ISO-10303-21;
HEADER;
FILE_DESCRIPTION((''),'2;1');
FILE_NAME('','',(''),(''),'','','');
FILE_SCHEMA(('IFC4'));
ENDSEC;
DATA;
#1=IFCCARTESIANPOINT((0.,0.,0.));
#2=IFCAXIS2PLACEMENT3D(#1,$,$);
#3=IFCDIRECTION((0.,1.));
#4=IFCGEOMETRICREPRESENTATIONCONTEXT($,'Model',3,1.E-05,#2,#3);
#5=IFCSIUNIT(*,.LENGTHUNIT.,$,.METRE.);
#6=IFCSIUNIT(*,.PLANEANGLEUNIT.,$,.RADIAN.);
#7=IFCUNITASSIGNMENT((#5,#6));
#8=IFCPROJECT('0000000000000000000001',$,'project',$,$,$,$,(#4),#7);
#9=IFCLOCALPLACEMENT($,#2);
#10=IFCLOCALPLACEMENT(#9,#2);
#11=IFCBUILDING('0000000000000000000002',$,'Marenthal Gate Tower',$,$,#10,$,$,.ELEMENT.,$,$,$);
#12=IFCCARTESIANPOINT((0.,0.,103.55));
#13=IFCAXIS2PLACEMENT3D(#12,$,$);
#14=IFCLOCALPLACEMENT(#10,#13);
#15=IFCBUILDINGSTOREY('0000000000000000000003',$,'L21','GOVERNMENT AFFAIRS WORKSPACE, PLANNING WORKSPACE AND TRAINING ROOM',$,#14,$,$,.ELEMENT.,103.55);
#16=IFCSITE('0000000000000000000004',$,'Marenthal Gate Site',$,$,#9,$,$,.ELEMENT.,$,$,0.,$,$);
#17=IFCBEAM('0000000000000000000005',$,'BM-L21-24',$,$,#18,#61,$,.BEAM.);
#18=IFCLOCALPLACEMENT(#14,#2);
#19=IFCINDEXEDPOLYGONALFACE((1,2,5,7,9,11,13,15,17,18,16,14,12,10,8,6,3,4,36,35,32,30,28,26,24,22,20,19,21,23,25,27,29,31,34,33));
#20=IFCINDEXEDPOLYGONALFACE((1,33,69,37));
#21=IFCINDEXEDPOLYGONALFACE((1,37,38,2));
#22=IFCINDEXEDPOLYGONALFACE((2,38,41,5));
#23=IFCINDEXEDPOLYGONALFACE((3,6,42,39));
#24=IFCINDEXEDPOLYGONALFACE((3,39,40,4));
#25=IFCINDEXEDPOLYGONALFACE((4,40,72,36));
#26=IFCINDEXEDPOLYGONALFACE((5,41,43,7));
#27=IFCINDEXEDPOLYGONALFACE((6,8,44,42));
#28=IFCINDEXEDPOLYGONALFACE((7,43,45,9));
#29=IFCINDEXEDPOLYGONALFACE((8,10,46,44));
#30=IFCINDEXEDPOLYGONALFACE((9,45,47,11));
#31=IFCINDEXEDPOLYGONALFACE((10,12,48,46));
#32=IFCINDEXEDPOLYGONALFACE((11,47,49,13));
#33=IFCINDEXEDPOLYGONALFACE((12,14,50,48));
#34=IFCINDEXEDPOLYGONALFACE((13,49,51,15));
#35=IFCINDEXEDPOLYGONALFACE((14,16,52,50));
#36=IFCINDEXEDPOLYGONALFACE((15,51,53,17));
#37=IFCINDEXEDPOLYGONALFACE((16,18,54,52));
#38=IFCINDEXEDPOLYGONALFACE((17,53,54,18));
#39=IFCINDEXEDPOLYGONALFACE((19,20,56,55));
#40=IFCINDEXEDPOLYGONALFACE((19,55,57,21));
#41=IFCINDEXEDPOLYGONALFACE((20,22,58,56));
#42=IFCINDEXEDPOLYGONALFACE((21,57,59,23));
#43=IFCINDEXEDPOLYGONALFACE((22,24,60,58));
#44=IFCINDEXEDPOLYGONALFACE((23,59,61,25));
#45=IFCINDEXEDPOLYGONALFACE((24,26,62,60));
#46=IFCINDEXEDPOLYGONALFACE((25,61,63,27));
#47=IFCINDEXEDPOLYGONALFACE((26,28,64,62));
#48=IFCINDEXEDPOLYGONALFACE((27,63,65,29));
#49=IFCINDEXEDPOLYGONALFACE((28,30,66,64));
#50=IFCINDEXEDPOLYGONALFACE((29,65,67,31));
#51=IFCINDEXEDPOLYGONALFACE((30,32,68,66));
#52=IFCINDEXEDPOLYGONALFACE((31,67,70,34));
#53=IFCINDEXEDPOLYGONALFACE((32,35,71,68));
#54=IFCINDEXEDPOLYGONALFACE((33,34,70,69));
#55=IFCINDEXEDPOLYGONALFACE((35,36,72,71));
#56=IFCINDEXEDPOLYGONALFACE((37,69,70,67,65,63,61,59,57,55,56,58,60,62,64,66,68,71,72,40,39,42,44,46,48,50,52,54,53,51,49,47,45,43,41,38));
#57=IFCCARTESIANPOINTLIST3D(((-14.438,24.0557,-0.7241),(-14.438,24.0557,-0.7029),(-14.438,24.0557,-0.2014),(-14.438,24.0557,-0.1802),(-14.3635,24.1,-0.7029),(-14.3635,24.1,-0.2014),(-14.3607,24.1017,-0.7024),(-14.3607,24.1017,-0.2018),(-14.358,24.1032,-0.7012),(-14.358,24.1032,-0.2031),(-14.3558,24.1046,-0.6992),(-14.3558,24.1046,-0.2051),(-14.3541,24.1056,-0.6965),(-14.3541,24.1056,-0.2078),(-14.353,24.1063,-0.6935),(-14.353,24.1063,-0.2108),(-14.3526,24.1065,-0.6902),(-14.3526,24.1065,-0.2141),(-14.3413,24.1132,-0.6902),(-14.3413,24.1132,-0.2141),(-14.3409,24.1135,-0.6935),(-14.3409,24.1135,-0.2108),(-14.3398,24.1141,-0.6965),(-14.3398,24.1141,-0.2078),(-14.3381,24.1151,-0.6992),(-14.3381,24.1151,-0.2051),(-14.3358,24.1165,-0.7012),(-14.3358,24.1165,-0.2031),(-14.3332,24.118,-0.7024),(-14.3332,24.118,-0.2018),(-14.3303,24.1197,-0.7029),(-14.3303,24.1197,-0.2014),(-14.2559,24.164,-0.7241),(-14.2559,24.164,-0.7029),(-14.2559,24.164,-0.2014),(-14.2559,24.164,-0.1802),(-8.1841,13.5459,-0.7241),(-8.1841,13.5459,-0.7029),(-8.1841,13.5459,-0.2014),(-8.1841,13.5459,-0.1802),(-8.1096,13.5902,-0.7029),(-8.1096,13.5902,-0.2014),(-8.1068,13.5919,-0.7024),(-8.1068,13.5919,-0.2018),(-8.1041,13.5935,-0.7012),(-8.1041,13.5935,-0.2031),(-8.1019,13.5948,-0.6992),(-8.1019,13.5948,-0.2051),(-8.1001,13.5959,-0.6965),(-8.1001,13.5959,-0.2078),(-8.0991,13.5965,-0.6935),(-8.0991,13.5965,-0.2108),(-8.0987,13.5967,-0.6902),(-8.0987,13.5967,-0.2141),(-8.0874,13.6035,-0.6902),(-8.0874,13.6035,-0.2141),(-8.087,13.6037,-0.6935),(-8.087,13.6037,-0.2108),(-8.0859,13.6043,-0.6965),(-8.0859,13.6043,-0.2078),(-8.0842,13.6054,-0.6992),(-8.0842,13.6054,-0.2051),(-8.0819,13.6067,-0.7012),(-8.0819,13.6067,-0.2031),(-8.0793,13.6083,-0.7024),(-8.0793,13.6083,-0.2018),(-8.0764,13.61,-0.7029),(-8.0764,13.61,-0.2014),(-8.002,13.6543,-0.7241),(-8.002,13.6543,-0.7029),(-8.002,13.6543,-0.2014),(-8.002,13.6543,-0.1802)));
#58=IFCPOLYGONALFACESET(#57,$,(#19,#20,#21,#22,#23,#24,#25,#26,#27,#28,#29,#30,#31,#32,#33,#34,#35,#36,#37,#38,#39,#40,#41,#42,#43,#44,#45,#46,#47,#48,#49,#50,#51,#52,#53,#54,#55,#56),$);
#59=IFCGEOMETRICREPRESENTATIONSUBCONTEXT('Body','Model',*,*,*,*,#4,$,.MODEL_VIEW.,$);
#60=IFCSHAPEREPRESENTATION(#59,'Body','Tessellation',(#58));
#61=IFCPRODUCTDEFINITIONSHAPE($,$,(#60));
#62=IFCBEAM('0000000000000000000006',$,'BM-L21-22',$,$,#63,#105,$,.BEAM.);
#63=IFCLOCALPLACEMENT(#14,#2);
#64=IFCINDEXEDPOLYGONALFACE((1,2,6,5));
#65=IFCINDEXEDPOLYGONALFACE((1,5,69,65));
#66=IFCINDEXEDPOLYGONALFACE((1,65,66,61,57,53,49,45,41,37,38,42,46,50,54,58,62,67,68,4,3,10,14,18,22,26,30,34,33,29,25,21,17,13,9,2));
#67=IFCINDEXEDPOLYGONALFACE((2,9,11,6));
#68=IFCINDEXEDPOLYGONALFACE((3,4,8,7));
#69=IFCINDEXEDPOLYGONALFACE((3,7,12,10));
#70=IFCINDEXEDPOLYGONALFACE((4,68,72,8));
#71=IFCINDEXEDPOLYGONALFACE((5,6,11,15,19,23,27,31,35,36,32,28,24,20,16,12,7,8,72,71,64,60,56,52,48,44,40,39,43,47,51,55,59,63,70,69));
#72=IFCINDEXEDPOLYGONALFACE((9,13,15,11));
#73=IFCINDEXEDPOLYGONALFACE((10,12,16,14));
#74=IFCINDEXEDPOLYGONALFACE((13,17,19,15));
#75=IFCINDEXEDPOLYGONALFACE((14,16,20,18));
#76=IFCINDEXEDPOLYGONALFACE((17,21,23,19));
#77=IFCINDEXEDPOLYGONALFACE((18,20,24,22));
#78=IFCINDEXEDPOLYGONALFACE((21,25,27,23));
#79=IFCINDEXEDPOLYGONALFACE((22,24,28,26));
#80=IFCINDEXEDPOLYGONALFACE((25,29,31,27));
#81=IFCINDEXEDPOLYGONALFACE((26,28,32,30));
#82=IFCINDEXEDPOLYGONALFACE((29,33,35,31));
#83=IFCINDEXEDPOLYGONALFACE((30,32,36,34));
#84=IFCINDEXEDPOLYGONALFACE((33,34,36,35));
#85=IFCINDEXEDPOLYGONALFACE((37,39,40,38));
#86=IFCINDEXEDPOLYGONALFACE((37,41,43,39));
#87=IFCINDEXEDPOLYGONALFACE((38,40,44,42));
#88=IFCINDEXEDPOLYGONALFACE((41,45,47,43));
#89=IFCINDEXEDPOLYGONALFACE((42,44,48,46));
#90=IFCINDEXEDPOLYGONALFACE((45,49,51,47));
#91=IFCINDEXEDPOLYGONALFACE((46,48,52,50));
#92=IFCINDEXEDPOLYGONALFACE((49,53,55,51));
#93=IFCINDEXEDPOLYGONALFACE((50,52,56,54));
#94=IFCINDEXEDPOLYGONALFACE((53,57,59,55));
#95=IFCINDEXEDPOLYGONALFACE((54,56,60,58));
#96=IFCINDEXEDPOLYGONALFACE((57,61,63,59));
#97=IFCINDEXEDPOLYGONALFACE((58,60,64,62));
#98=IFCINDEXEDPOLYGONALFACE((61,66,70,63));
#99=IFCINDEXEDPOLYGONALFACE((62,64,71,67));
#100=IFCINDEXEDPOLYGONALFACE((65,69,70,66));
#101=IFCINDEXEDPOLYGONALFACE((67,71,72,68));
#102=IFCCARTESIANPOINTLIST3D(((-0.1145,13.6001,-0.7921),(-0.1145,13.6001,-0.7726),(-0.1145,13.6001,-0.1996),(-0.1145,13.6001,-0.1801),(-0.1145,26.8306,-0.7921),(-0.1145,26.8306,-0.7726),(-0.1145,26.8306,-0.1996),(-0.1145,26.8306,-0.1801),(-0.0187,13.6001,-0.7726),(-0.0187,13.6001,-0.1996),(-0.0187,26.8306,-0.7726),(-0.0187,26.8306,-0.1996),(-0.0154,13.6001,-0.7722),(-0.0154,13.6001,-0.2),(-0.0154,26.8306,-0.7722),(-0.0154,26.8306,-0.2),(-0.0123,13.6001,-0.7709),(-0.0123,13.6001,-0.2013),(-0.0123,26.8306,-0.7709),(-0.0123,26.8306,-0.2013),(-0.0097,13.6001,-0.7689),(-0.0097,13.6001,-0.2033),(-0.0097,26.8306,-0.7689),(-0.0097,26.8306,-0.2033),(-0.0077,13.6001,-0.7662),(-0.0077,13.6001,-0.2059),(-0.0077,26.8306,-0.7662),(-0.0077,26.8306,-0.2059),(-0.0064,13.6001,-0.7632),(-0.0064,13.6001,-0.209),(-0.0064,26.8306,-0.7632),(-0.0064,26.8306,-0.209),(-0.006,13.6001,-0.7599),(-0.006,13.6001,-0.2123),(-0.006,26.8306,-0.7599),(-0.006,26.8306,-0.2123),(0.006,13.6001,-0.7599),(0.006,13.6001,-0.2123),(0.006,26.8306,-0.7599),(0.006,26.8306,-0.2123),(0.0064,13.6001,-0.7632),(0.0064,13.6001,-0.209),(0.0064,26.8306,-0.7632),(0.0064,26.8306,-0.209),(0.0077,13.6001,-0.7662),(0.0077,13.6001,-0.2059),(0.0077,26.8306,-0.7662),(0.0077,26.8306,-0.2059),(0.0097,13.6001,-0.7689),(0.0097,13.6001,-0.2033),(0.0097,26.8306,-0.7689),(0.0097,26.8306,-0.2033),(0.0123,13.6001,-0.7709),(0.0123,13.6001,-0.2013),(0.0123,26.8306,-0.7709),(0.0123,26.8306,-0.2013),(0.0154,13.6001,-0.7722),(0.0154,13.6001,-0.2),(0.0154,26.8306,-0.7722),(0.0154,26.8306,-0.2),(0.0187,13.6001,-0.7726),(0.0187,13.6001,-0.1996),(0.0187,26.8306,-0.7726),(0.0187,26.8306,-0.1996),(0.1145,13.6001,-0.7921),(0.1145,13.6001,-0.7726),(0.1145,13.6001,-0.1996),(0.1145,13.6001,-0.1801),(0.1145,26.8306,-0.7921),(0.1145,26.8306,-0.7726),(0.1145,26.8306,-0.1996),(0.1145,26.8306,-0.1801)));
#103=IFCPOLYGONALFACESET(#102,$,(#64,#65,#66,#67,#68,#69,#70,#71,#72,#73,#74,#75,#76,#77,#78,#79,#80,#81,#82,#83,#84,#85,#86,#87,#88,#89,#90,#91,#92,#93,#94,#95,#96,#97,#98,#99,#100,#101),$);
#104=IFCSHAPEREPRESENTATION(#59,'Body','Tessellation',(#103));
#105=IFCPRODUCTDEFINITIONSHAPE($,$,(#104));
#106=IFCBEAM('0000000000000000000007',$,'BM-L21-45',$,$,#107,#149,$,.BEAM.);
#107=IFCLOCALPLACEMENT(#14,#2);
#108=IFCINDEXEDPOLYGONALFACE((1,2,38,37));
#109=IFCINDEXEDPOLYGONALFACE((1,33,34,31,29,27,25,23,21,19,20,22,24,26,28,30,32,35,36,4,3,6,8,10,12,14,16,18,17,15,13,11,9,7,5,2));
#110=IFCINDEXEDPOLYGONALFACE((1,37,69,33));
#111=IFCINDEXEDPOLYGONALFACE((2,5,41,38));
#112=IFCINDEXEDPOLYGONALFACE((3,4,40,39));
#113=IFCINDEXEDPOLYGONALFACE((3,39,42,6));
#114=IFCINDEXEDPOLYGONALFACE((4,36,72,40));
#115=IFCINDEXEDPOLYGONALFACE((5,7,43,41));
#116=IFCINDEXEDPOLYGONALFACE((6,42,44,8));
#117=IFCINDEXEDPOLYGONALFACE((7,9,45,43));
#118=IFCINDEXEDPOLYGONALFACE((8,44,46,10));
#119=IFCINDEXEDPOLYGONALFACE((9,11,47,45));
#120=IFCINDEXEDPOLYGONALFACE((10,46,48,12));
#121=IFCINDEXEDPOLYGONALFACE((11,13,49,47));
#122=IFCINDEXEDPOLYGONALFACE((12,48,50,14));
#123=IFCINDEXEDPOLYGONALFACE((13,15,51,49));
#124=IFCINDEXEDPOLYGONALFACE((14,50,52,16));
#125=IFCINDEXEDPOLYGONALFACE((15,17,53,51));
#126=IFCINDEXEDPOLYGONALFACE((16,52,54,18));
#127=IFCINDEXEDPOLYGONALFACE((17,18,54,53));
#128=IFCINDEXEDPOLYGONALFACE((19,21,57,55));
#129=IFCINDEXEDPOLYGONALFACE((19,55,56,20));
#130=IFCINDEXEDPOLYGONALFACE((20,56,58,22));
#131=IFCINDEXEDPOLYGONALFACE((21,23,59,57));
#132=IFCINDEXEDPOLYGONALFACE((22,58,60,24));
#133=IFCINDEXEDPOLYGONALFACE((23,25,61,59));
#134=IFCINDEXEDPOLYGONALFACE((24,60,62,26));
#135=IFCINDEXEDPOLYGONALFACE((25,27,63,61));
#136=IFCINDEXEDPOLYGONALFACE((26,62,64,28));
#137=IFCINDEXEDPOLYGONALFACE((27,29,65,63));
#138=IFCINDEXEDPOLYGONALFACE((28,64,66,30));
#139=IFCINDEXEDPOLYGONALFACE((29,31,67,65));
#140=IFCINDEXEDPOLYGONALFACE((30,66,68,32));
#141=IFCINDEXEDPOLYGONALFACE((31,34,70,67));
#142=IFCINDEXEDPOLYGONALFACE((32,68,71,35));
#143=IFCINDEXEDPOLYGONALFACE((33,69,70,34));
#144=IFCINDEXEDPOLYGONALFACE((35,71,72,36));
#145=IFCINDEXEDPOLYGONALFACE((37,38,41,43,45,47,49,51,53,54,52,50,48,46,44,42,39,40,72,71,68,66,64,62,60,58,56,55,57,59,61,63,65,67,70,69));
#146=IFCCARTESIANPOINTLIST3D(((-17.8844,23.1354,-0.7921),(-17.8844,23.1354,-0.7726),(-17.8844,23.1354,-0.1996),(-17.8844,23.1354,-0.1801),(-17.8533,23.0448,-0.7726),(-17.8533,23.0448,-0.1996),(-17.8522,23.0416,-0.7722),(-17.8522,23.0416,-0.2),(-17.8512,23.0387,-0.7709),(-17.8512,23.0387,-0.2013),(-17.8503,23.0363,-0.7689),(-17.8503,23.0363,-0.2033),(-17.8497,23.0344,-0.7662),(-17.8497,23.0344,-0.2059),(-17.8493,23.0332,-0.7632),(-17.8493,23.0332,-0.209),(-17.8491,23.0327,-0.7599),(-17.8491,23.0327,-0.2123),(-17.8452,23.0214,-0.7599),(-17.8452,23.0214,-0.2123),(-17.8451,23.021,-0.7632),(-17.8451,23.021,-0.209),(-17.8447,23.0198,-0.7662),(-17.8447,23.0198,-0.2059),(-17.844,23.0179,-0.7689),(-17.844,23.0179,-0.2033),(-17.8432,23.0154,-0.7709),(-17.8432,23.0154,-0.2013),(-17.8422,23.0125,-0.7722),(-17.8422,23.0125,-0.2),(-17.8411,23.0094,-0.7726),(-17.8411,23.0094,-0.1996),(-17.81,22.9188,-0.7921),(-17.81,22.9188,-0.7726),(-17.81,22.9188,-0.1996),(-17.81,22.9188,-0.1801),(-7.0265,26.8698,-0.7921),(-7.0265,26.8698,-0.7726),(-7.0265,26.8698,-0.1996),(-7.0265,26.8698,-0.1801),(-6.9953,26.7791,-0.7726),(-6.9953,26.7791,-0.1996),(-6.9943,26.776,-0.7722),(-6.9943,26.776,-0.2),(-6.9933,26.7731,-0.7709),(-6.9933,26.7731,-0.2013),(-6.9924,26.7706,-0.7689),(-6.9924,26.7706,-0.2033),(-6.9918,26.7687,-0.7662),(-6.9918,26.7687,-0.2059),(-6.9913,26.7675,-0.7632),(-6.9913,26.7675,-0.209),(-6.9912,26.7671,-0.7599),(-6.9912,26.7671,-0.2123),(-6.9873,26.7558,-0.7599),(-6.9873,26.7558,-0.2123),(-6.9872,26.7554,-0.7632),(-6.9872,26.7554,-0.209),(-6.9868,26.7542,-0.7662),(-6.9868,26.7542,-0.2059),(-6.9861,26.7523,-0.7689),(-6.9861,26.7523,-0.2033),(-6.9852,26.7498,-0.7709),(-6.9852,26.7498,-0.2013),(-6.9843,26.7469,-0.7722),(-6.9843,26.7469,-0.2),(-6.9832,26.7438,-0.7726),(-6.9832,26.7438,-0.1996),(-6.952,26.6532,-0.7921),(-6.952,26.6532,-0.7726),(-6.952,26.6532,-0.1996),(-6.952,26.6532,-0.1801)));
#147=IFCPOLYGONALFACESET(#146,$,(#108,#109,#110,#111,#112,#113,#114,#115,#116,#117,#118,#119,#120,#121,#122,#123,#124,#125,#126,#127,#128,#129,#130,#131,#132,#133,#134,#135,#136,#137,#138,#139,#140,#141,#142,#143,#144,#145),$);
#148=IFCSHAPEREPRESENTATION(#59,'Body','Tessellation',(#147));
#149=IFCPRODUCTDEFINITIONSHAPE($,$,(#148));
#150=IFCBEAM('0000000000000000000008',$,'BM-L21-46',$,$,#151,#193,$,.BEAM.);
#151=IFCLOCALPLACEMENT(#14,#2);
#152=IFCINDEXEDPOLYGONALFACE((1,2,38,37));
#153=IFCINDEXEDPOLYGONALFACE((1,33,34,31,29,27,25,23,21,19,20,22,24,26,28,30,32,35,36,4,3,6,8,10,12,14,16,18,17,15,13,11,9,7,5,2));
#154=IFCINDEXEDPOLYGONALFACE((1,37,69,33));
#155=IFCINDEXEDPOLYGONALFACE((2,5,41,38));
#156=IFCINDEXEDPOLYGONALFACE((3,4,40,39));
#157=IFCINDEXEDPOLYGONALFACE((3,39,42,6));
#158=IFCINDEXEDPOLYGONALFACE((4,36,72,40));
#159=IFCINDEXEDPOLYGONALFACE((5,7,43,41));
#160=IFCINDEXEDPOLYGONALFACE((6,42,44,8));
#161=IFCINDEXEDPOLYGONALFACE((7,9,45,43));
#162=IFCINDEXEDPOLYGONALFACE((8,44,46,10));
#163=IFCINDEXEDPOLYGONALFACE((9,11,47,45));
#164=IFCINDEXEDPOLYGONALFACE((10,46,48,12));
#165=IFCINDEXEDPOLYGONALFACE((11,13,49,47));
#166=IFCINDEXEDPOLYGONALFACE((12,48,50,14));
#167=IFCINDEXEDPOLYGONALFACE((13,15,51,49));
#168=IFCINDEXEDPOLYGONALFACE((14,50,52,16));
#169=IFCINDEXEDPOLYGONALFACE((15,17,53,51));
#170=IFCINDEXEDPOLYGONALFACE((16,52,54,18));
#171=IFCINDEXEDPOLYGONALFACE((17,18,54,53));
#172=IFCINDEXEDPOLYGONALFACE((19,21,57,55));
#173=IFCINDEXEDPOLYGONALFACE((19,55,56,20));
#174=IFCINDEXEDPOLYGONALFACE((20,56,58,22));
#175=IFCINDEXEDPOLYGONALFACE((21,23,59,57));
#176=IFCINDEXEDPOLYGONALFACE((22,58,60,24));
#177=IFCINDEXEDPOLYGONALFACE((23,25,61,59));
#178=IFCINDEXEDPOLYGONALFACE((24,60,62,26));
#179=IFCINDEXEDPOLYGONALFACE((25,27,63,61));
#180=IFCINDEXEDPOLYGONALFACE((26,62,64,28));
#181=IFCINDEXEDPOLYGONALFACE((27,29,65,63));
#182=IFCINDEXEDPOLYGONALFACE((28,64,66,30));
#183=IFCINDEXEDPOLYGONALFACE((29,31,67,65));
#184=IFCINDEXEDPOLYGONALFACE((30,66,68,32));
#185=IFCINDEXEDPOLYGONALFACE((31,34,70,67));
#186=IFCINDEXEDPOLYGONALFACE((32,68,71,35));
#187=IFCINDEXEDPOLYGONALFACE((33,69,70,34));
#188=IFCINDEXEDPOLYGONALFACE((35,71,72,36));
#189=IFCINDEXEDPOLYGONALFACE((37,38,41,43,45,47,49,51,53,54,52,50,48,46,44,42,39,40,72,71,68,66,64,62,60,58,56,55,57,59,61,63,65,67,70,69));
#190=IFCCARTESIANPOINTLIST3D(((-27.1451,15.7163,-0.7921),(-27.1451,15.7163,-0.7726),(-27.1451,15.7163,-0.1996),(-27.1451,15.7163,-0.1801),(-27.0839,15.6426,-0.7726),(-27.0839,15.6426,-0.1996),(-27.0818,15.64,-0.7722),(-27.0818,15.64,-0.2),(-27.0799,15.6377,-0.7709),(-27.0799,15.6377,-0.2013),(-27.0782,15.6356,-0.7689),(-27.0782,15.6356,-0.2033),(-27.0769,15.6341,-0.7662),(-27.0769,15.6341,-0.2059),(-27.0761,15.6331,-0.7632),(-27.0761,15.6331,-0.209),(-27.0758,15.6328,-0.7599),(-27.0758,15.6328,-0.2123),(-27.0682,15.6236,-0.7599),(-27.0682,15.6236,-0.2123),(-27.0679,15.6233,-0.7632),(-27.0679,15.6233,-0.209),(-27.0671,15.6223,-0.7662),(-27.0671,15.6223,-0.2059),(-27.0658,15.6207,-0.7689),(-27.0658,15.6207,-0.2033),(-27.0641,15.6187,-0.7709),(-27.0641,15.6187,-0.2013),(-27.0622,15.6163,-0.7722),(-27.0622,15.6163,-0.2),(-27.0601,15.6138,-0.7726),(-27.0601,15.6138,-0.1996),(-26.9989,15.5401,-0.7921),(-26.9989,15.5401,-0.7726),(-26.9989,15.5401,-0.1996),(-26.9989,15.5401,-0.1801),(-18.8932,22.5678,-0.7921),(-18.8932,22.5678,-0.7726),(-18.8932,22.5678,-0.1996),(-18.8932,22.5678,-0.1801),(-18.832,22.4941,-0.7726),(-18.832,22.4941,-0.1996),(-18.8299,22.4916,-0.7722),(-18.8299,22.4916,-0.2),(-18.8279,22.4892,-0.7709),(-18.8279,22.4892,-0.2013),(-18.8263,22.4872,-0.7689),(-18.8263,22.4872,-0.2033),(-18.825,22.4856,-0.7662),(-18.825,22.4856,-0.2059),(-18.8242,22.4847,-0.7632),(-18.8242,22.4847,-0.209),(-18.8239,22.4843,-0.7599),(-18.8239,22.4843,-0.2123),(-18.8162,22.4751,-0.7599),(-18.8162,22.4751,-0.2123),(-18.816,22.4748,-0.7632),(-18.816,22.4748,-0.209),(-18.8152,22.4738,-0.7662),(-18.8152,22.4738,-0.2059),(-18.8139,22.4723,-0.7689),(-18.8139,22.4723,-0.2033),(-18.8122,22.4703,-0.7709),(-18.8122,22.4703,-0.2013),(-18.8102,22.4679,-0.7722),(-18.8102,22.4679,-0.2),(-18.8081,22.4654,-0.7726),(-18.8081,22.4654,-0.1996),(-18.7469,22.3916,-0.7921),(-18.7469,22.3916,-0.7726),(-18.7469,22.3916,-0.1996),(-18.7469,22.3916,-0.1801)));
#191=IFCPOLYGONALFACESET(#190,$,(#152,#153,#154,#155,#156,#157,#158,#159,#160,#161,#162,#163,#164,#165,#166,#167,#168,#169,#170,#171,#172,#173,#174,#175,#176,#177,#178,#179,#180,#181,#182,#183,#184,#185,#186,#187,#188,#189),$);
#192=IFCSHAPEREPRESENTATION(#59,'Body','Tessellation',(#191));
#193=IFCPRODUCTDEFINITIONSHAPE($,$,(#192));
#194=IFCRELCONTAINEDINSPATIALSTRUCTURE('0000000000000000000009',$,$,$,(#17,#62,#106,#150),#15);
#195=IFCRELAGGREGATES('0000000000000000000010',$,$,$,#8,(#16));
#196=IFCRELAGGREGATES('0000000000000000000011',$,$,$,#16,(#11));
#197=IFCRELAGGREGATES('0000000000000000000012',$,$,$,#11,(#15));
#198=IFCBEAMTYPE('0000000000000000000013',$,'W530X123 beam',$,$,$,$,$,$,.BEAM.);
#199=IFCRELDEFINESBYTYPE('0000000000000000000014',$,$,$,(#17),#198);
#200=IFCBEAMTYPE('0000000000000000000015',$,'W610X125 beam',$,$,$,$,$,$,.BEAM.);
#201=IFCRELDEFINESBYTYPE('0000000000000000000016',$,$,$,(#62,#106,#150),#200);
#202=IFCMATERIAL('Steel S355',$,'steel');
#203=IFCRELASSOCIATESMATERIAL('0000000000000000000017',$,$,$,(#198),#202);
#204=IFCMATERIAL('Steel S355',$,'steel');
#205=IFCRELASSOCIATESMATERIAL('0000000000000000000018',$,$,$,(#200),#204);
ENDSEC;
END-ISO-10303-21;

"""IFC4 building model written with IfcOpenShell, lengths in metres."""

from ifc_helpers import new_model, si_unit, direction, frame, origin, origin_2d, place, context, subcontext, project, spatial, i_section, extrude, material, material_profile, profile_set, type_object, element, save


model = new_model("IFC4")

# Units and contexts
model_context = context("Model", 3, precision=1e-05, world=origin(), true_north=direction((0.0, 1.0)))
body_context = subcontext(model_context, "Body", "Model", "MODEL_VIEW")
ifc_project = project(units=[si_unit("LENGTHUNIT", "METRE"), si_unit("PLANEANGLEUNIT", "RADIAN")], contexts=[model_context])

# Site, building, storey
site_placement = place(None, origin())
site = spatial("IfcSite", under=ifc_project, at=site_placement, Name="Marenthal Gate Site", CompositionType="ELEMENT", RefElevation=0.0)
building_placement = place(site_placement, origin())
building = spatial("IfcBuilding", under=site, at=building_placement, Name="Marenthal Gate Tower", CompositionType="ELEMENT")
storey_placement = place(building_placement, frame((0.0, 0.0, 103.55)))
storey = spatial("IfcBuildingStorey", under=building, at=storey_placement, Name="L21", Description="GOVERNMENT AFFAIRS WORKSPACE, PLANNING WORKSPACE AND TRAINING ROOM", CompositionType="ELEMENT", Elevation=103.55)

# Beams
ifc_material_1 = material(Name="Steel S355", Category="steel")
ifc_material_profile_1 = material_profile(ifc_material_1, i_section(OverallWidth=0.2119, OverallDepth=0.5439, WebThickness=0.0132, FlangeThickness=0.0212, FilletRadius=0.0127, at=origin_2d()), Name="W530X123")
ifc_profile_set_1 = profile_set([ifc_material_profile_1], Name="Steel S355")
beam_type_1 = type_object("IfcBeamType", Name="W530X123 beam", PredefinedType="BEAM", material=ifc_profile_set_1)
beam_1_placement = place(storey_placement, frame((-14.3469, 24.1099, -0.4521), z_axis=(0.511369, -0.859361, 0.0), x_axis=(0.859361, 0.511369, 0.0)))
element("IfcBeam", 1, at=beam_1_placement, inside=storey, type_object=beam_type_1, Name="BM-L21-24", PredefinedType="BEAM", context=body_context, shape_type="SweptSolid", body=[
    extrude(i_section(OverallWidth=0.2119, OverallDepth=0.5439, WebThickness=0.0132, FlangeThickness=0.0212, FilletRadius=0.0127, at=origin_2d()), origin(), (0.0, 0.0, 1.0), 12.2297),
])
ifc_material_2 = material(Name="Steel S355", Category="steel")
ifc_material_profile_2 = material_profile(ifc_material_2, i_section(OverallWidth=0.229, OverallDepth=0.6121, WebThickness=0.012, FlangeThickness=0.0195, FilletRadius=0.0127, at=origin_2d()), Name="W610X125")
ifc_profile_set_2 = profile_set([ifc_material_profile_2], Name="Steel S355")
beam_type_2 = type_object("IfcBeamType", Name="W610X125 beam", PredefinedType="BEAM", material=ifc_profile_set_2)
beam_2_placement = place(storey_placement, frame((0.0, 26.8306, -0.4861), z_axis=(0.0, -1.0, 0.0), x_axis=(1.0, 0.0, 0.0)))
element("IfcBeam", 2, at=beam_2_placement, inside=storey, type_object=beam_type_2, Name="BM-L21-22", PredefinedType="BEAM", context=body_context, shape_type="SweptSolid", body=[
    extrude(i_section(OverallWidth=0.229, OverallDepth=0.6121, WebThickness=0.012, FlangeThickness=0.0195, FilletRadius=0.0127, at=origin_2d()), origin(), (0.0, 0.0, 1.0), 13.2305),
])
beam_3_placement = place(storey_placement, frame((-6.9893, 26.7615, -0.4861), z_axis=(-0.945634, -0.325233, 0.0), x_axis=(0.325233, -0.945634, 0.0)))
element("IfcBeam", 3, at=beam_3_placement, inside=storey, type_object=beam_type_2, Name="BM-L21-45", PredefinedType="BEAM", context=body_context, shape_type="SweptSolid", body=[
    extrude(i_section(OverallWidth=0.229, OverallDepth=0.6121, WebThickness=0.012, FlangeThickness=0.0195, FilletRadius=0.0127, at=origin_2d()), origin(), (0.0, 0.0, 1.0), 11.4822),
])
beam_4_placement = place(storey_placement, frame((-18.8201, 22.4797, -0.4861), z_axis=(-0.769369, -0.638804, 0.0), x_axis=(0.638804, -0.769369, 0.0)))
element("IfcBeam", 4, at=beam_4_placement, inside=storey, type_object=beam_type_2, Name="BM-L21-46", PredefinedType="BEAM", context=body_context, shape_type="SweptSolid", body=[
    extrude(i_section(OverallWidth=0.229, OverallDepth=0.6121, WebThickness=0.012, FlangeThickness=0.0195, FilletRadius=0.0127, at=origin_2d()), origin(), (0.0, 0.0, 1.0), 10.7256),
])

save(model, "model.ifc")
